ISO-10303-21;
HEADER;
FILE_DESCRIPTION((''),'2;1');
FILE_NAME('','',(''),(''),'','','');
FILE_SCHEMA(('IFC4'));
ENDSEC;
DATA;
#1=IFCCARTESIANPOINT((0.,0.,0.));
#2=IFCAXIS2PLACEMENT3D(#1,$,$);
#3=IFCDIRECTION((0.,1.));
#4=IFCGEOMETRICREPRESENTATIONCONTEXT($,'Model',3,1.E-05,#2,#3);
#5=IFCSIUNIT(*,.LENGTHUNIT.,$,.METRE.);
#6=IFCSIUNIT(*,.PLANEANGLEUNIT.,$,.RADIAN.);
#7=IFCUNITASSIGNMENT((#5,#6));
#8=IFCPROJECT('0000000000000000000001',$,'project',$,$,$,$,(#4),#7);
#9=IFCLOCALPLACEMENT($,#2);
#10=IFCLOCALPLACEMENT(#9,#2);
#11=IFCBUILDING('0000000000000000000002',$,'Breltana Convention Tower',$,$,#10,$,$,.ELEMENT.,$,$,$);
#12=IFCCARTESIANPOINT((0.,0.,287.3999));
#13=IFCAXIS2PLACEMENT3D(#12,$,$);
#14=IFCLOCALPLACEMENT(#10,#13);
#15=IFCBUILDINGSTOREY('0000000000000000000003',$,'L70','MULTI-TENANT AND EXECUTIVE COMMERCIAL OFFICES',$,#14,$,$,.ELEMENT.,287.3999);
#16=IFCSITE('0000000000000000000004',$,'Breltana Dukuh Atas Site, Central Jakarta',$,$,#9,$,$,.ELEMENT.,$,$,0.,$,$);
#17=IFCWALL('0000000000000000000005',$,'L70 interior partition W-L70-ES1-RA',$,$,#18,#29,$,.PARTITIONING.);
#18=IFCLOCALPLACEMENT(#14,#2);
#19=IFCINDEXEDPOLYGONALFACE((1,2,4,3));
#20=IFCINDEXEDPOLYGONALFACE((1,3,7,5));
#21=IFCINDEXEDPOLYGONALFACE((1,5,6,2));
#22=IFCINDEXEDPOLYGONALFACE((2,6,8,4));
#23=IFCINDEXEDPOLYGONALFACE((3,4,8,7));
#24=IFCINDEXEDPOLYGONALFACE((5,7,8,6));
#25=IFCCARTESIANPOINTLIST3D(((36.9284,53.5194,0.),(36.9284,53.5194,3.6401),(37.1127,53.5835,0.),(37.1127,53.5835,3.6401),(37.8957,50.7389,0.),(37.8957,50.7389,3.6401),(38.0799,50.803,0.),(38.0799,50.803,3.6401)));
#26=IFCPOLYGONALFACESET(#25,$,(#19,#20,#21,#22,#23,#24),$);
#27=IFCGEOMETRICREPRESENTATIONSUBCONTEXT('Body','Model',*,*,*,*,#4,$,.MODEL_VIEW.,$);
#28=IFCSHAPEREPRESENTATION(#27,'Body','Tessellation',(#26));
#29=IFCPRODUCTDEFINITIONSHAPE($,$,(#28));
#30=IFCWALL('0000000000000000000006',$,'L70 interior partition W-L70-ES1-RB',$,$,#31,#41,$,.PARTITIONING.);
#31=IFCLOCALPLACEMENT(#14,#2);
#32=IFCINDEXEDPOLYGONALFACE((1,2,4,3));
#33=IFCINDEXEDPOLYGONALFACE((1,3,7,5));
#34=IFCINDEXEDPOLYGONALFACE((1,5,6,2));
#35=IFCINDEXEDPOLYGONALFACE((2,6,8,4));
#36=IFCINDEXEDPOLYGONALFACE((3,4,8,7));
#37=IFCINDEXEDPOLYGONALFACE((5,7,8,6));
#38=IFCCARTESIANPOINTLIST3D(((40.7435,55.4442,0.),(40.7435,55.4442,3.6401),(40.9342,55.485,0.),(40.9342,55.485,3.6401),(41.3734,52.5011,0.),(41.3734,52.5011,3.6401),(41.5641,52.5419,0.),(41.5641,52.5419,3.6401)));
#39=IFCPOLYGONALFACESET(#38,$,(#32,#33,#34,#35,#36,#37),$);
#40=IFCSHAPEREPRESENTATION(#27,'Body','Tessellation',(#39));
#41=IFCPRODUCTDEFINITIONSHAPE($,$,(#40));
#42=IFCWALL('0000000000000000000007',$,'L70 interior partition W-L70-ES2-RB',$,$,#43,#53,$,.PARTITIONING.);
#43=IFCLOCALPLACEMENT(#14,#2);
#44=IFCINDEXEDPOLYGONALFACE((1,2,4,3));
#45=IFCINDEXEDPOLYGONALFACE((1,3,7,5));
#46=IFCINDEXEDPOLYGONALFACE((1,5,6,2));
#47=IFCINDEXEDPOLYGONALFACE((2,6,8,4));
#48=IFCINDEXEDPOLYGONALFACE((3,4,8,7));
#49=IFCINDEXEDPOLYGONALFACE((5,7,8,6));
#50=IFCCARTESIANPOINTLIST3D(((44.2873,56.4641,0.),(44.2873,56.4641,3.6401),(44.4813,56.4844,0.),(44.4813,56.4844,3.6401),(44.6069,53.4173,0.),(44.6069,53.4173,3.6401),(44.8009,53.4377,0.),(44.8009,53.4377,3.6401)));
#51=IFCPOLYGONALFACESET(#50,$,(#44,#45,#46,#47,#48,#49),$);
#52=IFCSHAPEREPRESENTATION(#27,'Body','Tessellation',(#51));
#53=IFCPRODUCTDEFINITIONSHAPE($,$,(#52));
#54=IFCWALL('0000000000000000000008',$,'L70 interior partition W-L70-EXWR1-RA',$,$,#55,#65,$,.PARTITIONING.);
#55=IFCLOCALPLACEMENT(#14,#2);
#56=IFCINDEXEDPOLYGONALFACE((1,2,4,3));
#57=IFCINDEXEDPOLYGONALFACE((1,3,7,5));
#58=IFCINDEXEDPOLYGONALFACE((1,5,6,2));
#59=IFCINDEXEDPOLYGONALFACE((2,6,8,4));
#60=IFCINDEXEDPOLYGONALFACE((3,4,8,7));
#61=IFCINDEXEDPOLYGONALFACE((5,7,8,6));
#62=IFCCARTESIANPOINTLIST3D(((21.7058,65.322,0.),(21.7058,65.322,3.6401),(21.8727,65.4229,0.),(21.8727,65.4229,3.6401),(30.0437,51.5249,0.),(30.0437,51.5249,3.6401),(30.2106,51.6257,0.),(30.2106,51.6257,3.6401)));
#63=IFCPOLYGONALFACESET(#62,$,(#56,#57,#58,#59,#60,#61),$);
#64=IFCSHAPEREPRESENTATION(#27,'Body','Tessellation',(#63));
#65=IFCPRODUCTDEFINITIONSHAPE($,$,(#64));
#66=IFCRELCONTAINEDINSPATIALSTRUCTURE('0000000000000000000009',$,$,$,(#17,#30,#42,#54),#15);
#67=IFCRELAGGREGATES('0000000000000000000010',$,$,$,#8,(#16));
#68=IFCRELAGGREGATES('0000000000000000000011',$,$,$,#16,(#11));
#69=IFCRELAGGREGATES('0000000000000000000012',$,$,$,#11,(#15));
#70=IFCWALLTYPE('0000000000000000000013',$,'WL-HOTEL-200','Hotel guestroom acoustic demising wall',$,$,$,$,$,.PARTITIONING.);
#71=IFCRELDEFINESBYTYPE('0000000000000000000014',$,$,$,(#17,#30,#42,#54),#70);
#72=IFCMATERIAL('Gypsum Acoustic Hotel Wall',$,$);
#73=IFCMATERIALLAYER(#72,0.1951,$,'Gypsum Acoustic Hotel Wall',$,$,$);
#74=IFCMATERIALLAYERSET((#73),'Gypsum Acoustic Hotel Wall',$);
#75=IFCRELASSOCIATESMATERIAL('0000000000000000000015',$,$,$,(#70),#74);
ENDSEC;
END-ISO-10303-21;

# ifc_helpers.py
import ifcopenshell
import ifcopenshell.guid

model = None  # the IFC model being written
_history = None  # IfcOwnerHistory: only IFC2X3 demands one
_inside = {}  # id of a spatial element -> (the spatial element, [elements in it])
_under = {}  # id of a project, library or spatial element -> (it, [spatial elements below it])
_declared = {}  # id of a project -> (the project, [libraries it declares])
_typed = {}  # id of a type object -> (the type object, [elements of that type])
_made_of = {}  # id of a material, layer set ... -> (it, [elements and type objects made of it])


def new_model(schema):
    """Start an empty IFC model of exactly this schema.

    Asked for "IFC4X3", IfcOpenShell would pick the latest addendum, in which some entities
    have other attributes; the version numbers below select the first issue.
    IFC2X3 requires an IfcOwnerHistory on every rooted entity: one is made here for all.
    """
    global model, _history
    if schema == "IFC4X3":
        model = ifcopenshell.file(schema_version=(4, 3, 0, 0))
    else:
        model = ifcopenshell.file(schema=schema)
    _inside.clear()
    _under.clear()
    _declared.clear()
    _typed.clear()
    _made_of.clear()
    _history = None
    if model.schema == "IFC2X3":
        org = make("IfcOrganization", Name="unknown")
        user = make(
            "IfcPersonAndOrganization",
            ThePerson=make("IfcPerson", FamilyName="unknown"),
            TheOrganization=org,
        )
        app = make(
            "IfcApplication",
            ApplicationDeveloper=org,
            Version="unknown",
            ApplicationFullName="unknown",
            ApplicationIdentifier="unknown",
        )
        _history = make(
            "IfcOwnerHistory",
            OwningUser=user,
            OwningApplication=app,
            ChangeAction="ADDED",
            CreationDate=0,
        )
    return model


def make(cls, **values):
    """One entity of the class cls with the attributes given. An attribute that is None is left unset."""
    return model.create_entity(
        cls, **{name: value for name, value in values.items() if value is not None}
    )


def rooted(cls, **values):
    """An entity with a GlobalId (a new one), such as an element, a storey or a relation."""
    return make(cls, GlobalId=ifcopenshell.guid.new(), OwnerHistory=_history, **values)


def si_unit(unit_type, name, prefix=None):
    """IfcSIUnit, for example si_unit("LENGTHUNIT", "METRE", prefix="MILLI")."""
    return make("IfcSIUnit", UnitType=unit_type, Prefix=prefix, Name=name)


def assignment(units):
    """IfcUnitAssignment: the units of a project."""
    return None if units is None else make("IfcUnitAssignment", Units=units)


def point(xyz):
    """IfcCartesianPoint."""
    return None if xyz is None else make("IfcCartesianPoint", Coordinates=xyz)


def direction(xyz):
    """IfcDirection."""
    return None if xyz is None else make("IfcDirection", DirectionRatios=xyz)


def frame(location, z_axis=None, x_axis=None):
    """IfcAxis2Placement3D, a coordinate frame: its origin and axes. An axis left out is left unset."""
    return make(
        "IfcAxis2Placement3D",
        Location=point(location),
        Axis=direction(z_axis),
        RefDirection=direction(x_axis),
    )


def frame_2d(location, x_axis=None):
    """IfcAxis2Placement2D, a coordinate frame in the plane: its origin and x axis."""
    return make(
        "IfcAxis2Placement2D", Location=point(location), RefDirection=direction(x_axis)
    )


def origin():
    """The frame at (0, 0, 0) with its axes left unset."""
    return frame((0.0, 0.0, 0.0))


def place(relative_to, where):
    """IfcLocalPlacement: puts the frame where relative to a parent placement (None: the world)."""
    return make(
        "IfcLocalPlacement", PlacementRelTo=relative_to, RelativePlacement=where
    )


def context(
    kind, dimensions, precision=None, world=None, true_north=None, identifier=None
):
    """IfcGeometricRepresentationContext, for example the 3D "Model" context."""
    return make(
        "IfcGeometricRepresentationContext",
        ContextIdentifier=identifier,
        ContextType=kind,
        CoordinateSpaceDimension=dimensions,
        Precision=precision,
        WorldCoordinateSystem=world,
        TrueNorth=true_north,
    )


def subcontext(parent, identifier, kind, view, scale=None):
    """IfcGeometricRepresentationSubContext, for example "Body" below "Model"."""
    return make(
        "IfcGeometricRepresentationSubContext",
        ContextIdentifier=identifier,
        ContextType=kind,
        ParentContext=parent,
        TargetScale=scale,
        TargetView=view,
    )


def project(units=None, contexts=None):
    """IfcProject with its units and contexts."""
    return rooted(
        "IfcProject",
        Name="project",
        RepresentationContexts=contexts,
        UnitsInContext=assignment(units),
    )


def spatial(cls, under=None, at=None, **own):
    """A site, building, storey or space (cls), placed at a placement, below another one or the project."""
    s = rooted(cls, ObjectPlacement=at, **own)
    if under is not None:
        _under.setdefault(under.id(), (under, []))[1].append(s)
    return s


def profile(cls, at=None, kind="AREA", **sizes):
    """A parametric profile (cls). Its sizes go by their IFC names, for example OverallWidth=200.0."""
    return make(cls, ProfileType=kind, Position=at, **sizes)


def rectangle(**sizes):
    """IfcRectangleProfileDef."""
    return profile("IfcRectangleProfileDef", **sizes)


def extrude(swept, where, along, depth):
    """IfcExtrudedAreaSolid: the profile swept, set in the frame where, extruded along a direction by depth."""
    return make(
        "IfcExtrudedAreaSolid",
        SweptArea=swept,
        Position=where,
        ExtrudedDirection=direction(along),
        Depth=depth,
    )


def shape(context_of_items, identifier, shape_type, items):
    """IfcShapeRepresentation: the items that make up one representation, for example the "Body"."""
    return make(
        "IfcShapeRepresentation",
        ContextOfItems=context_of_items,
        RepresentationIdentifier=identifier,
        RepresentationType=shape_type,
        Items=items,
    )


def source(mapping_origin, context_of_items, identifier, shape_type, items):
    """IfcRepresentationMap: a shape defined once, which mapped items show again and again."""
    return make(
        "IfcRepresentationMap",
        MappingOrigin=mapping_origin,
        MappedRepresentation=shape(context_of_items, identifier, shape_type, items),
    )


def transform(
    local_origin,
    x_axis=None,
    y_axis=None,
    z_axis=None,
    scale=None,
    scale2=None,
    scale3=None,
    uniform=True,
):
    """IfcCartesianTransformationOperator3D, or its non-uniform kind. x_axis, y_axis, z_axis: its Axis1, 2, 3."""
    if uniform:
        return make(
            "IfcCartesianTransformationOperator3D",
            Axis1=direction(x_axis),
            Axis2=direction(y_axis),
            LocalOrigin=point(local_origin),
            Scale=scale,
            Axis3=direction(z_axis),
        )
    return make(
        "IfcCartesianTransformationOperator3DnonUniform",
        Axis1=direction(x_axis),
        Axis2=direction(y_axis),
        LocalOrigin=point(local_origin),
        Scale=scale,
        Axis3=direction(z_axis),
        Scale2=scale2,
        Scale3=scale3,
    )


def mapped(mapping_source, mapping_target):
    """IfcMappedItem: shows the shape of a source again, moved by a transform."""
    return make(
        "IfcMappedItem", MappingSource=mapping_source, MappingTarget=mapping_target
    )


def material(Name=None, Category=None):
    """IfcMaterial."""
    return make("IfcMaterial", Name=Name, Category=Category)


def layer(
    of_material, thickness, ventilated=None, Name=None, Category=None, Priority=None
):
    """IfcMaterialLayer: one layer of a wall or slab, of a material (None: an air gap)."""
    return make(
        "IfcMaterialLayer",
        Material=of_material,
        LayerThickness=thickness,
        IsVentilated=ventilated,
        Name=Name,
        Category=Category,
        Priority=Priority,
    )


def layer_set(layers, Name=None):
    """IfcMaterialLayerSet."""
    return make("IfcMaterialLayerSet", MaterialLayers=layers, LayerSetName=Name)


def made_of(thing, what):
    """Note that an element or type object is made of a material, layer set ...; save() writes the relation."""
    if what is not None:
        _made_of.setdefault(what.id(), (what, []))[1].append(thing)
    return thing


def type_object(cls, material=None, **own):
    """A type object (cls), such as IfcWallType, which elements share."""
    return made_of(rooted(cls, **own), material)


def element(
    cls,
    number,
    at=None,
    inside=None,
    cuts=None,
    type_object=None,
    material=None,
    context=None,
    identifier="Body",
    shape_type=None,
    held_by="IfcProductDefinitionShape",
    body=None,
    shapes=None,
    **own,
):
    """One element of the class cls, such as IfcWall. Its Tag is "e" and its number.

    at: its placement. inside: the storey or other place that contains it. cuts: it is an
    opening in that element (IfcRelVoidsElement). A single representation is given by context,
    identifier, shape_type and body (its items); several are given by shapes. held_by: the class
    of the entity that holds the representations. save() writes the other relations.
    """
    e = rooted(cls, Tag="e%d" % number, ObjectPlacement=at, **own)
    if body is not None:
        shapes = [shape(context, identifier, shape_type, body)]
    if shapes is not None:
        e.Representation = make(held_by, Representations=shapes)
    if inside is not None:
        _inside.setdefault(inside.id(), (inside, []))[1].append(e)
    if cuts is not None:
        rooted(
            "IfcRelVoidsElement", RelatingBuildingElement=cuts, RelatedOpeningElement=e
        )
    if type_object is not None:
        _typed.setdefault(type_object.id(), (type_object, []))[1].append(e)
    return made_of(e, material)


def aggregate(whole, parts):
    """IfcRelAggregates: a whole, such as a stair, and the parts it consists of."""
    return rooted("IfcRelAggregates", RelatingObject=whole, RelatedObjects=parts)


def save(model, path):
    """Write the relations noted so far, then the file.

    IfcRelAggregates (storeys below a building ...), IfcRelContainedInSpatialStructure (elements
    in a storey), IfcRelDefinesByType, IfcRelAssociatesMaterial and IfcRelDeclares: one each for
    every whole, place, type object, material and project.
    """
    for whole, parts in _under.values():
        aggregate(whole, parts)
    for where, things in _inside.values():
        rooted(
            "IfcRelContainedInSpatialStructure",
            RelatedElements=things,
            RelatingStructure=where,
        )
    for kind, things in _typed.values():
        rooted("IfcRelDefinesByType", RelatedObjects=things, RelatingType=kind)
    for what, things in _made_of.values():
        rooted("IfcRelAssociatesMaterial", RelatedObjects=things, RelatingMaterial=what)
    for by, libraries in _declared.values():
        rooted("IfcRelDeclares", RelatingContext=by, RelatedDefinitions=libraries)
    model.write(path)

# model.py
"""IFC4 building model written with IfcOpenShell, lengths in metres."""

from ifc_helpers import new_model, si_unit, direction, frame, frame_2d, origin, place, context, subcontext, project, spatial, rectangle, extrude, source, transform, mapped, material, layer, layer_set, type_object, element, save


model = new_model("IFC4")

# Units and contexts
model_context = context("Model", 3, precision=1e-05, world=origin(), true_north=direction((0.0, 1.0)))
body_context = subcontext(model_context, "Body", "Model", "MODEL_VIEW")
ifc_project = project(units=[si_unit("LENGTHUNIT", "METRE"), si_unit("PLANEANGLEUNIT", "RADIAN")], contexts=[model_context])

# Site, building, storey
site_placement = place(None, origin())
site = spatial("IfcSite", under=ifc_project, at=site_placement, Name="Breltana Dukuh Atas Site, Central Jakarta", CompositionType="ELEMENT", RefElevation=0.0)
building_placement = place(site_placement, origin())
building = spatial("IfcBuilding", under=site, at=building_placement, Name="Breltana Convention Tower", CompositionType="ELEMENT")
storey_placement = place(building_placement, frame((0.0, 0.0, 287.3999)))
storey = spatial("IfcBuildingStorey", under=building, at=storey_placement, Name="L70", Description="MULTI-TENANT AND EXECUTIVE COMMERCIAL OFFICES", CompositionType="ELEMENT", Elevation=287.3999)

# Walls
ifc_material_1 = material(Name="Gypsum Acoustic Hotel Wall")
ifc_layer_1 = layer(ifc_material_1, 0.1951, Name="Gypsum Acoustic Hotel Wall")
ifc_layer_set_1 = layer_set([ifc_layer_1], Name="Gypsum Acoustic Hotel Wall")
wall_type_1 = type_object("IfcWallType", Name="WL-HOTEL-200", Description="Hotel guestroom acoustic demising wall", PredefinedType="PARTITIONING", material=ifc_layer_set_1)
shared_shape_1 = source(origin(), body_context, "Body", "SweptSolid", [
    extrude(rectangle(XDim=2.9438, YDim=0.1951, at=frame_2d((1.4719, 0.0))), origin(), (0.0, 0.0, 1.0), 3.6401),
])
wall_1_placement = place(storey_placement, frame((37.9878, 50.771, 0.0), z_axis=(0.0, 0.0, 1.0), x_axis=(-0.328566, 0.944481, 0.0)))
element("IfcWall", 1, at=wall_1_placement, inside=storey, type_object=wall_type_1, Name="L70 interior partition W-L70-ES1-RA", PredefinedType="PARTITIONING", context=body_context, shape_type="MappedRepresentation", body=[
    mapped(shared_shape_1, transform((0.0, 0.0, 0.0), scale=1.0)),
])
shared_shape_2 = source(origin(), body_context, "Body", "SweptSolid", [
    extrude(rectangle(XDim=3.0098, YDim=0.1951, at=frame_2d((1.5049, 0.0))), origin(), (0.0, 0.0, 1.0), 3.6401),
])
wall_2_placement = place(storey_placement, frame((41.4688, 52.5215, 0.0), z_axis=(0.0, 0.0, 1.0), x_axis=(-0.20928, 0.977856, 0.0)))
element("IfcWall", 2, at=wall_2_placement, inside=storey, type_object=wall_type_1, Name="L70 interior partition W-L70-ES1-RB", PredefinedType="PARTITIONING", context=body_context, shape_type="MappedRepresentation", body=[
    mapped(shared_shape_2, transform((0.0, 0.0, 0.0), scale=1.0)),
])
shared_shape_3 = source(origin(), body_context, "Body", "SweptSolid", [
    extrude(rectangle(XDim=3.0635, YDim=0.1951, at=frame_2d((1.5317, 0.0))), origin(), (0.0, 0.0, 1.0), 3.6401),
])
wall_3_placement = place(storey_placement, frame((44.7039, 53.4275, 0.0), z_axis=(0.0, 0.0, 1.0), x_axis=(-0.104316, 0.994544, 0.0)))
element("IfcWall", 3, at=wall_3_placement, inside=storey, type_object=wall_type_1, Name="L70 interior partition W-L70-ES2-RB", PredefinedType="PARTITIONING", context=body_context, shape_type="MappedRepresentation", body=[
    mapped(shared_shape_3, transform((0.0, 0.0, 0.0), scale=1.0)),
])

# Wall
shared_shape_4 = source(origin(), body_context, "Body", "SweptSolid", [
    extrude(rectangle(XDim=16.1208, YDim=0.1951, at=frame_2d((8.0605, 0.0))), origin(), (0.0, 0.0, 1.0), 3.6401),
])
wall_4_placement = place(storey_placement, frame((30.1272, 51.5752, 0.0), z_axis=(0.0, 0.0, 1.0), x_axis=(-0.517212, 0.855857, 0.0)))
element("IfcWall", 4, at=wall_4_placement, inside=storey, type_object=wall_type_1, Name="L70 interior partition W-L70-EXWR1-RA", PredefinedType="PARTITIONING", context=body_context, shape_type="MappedRepresentation", body=[
    mapped(shared_shape_4, transform((0.0, 0.0, 0.0), scale=1.0)),
])

save(model, "model.ifc")
